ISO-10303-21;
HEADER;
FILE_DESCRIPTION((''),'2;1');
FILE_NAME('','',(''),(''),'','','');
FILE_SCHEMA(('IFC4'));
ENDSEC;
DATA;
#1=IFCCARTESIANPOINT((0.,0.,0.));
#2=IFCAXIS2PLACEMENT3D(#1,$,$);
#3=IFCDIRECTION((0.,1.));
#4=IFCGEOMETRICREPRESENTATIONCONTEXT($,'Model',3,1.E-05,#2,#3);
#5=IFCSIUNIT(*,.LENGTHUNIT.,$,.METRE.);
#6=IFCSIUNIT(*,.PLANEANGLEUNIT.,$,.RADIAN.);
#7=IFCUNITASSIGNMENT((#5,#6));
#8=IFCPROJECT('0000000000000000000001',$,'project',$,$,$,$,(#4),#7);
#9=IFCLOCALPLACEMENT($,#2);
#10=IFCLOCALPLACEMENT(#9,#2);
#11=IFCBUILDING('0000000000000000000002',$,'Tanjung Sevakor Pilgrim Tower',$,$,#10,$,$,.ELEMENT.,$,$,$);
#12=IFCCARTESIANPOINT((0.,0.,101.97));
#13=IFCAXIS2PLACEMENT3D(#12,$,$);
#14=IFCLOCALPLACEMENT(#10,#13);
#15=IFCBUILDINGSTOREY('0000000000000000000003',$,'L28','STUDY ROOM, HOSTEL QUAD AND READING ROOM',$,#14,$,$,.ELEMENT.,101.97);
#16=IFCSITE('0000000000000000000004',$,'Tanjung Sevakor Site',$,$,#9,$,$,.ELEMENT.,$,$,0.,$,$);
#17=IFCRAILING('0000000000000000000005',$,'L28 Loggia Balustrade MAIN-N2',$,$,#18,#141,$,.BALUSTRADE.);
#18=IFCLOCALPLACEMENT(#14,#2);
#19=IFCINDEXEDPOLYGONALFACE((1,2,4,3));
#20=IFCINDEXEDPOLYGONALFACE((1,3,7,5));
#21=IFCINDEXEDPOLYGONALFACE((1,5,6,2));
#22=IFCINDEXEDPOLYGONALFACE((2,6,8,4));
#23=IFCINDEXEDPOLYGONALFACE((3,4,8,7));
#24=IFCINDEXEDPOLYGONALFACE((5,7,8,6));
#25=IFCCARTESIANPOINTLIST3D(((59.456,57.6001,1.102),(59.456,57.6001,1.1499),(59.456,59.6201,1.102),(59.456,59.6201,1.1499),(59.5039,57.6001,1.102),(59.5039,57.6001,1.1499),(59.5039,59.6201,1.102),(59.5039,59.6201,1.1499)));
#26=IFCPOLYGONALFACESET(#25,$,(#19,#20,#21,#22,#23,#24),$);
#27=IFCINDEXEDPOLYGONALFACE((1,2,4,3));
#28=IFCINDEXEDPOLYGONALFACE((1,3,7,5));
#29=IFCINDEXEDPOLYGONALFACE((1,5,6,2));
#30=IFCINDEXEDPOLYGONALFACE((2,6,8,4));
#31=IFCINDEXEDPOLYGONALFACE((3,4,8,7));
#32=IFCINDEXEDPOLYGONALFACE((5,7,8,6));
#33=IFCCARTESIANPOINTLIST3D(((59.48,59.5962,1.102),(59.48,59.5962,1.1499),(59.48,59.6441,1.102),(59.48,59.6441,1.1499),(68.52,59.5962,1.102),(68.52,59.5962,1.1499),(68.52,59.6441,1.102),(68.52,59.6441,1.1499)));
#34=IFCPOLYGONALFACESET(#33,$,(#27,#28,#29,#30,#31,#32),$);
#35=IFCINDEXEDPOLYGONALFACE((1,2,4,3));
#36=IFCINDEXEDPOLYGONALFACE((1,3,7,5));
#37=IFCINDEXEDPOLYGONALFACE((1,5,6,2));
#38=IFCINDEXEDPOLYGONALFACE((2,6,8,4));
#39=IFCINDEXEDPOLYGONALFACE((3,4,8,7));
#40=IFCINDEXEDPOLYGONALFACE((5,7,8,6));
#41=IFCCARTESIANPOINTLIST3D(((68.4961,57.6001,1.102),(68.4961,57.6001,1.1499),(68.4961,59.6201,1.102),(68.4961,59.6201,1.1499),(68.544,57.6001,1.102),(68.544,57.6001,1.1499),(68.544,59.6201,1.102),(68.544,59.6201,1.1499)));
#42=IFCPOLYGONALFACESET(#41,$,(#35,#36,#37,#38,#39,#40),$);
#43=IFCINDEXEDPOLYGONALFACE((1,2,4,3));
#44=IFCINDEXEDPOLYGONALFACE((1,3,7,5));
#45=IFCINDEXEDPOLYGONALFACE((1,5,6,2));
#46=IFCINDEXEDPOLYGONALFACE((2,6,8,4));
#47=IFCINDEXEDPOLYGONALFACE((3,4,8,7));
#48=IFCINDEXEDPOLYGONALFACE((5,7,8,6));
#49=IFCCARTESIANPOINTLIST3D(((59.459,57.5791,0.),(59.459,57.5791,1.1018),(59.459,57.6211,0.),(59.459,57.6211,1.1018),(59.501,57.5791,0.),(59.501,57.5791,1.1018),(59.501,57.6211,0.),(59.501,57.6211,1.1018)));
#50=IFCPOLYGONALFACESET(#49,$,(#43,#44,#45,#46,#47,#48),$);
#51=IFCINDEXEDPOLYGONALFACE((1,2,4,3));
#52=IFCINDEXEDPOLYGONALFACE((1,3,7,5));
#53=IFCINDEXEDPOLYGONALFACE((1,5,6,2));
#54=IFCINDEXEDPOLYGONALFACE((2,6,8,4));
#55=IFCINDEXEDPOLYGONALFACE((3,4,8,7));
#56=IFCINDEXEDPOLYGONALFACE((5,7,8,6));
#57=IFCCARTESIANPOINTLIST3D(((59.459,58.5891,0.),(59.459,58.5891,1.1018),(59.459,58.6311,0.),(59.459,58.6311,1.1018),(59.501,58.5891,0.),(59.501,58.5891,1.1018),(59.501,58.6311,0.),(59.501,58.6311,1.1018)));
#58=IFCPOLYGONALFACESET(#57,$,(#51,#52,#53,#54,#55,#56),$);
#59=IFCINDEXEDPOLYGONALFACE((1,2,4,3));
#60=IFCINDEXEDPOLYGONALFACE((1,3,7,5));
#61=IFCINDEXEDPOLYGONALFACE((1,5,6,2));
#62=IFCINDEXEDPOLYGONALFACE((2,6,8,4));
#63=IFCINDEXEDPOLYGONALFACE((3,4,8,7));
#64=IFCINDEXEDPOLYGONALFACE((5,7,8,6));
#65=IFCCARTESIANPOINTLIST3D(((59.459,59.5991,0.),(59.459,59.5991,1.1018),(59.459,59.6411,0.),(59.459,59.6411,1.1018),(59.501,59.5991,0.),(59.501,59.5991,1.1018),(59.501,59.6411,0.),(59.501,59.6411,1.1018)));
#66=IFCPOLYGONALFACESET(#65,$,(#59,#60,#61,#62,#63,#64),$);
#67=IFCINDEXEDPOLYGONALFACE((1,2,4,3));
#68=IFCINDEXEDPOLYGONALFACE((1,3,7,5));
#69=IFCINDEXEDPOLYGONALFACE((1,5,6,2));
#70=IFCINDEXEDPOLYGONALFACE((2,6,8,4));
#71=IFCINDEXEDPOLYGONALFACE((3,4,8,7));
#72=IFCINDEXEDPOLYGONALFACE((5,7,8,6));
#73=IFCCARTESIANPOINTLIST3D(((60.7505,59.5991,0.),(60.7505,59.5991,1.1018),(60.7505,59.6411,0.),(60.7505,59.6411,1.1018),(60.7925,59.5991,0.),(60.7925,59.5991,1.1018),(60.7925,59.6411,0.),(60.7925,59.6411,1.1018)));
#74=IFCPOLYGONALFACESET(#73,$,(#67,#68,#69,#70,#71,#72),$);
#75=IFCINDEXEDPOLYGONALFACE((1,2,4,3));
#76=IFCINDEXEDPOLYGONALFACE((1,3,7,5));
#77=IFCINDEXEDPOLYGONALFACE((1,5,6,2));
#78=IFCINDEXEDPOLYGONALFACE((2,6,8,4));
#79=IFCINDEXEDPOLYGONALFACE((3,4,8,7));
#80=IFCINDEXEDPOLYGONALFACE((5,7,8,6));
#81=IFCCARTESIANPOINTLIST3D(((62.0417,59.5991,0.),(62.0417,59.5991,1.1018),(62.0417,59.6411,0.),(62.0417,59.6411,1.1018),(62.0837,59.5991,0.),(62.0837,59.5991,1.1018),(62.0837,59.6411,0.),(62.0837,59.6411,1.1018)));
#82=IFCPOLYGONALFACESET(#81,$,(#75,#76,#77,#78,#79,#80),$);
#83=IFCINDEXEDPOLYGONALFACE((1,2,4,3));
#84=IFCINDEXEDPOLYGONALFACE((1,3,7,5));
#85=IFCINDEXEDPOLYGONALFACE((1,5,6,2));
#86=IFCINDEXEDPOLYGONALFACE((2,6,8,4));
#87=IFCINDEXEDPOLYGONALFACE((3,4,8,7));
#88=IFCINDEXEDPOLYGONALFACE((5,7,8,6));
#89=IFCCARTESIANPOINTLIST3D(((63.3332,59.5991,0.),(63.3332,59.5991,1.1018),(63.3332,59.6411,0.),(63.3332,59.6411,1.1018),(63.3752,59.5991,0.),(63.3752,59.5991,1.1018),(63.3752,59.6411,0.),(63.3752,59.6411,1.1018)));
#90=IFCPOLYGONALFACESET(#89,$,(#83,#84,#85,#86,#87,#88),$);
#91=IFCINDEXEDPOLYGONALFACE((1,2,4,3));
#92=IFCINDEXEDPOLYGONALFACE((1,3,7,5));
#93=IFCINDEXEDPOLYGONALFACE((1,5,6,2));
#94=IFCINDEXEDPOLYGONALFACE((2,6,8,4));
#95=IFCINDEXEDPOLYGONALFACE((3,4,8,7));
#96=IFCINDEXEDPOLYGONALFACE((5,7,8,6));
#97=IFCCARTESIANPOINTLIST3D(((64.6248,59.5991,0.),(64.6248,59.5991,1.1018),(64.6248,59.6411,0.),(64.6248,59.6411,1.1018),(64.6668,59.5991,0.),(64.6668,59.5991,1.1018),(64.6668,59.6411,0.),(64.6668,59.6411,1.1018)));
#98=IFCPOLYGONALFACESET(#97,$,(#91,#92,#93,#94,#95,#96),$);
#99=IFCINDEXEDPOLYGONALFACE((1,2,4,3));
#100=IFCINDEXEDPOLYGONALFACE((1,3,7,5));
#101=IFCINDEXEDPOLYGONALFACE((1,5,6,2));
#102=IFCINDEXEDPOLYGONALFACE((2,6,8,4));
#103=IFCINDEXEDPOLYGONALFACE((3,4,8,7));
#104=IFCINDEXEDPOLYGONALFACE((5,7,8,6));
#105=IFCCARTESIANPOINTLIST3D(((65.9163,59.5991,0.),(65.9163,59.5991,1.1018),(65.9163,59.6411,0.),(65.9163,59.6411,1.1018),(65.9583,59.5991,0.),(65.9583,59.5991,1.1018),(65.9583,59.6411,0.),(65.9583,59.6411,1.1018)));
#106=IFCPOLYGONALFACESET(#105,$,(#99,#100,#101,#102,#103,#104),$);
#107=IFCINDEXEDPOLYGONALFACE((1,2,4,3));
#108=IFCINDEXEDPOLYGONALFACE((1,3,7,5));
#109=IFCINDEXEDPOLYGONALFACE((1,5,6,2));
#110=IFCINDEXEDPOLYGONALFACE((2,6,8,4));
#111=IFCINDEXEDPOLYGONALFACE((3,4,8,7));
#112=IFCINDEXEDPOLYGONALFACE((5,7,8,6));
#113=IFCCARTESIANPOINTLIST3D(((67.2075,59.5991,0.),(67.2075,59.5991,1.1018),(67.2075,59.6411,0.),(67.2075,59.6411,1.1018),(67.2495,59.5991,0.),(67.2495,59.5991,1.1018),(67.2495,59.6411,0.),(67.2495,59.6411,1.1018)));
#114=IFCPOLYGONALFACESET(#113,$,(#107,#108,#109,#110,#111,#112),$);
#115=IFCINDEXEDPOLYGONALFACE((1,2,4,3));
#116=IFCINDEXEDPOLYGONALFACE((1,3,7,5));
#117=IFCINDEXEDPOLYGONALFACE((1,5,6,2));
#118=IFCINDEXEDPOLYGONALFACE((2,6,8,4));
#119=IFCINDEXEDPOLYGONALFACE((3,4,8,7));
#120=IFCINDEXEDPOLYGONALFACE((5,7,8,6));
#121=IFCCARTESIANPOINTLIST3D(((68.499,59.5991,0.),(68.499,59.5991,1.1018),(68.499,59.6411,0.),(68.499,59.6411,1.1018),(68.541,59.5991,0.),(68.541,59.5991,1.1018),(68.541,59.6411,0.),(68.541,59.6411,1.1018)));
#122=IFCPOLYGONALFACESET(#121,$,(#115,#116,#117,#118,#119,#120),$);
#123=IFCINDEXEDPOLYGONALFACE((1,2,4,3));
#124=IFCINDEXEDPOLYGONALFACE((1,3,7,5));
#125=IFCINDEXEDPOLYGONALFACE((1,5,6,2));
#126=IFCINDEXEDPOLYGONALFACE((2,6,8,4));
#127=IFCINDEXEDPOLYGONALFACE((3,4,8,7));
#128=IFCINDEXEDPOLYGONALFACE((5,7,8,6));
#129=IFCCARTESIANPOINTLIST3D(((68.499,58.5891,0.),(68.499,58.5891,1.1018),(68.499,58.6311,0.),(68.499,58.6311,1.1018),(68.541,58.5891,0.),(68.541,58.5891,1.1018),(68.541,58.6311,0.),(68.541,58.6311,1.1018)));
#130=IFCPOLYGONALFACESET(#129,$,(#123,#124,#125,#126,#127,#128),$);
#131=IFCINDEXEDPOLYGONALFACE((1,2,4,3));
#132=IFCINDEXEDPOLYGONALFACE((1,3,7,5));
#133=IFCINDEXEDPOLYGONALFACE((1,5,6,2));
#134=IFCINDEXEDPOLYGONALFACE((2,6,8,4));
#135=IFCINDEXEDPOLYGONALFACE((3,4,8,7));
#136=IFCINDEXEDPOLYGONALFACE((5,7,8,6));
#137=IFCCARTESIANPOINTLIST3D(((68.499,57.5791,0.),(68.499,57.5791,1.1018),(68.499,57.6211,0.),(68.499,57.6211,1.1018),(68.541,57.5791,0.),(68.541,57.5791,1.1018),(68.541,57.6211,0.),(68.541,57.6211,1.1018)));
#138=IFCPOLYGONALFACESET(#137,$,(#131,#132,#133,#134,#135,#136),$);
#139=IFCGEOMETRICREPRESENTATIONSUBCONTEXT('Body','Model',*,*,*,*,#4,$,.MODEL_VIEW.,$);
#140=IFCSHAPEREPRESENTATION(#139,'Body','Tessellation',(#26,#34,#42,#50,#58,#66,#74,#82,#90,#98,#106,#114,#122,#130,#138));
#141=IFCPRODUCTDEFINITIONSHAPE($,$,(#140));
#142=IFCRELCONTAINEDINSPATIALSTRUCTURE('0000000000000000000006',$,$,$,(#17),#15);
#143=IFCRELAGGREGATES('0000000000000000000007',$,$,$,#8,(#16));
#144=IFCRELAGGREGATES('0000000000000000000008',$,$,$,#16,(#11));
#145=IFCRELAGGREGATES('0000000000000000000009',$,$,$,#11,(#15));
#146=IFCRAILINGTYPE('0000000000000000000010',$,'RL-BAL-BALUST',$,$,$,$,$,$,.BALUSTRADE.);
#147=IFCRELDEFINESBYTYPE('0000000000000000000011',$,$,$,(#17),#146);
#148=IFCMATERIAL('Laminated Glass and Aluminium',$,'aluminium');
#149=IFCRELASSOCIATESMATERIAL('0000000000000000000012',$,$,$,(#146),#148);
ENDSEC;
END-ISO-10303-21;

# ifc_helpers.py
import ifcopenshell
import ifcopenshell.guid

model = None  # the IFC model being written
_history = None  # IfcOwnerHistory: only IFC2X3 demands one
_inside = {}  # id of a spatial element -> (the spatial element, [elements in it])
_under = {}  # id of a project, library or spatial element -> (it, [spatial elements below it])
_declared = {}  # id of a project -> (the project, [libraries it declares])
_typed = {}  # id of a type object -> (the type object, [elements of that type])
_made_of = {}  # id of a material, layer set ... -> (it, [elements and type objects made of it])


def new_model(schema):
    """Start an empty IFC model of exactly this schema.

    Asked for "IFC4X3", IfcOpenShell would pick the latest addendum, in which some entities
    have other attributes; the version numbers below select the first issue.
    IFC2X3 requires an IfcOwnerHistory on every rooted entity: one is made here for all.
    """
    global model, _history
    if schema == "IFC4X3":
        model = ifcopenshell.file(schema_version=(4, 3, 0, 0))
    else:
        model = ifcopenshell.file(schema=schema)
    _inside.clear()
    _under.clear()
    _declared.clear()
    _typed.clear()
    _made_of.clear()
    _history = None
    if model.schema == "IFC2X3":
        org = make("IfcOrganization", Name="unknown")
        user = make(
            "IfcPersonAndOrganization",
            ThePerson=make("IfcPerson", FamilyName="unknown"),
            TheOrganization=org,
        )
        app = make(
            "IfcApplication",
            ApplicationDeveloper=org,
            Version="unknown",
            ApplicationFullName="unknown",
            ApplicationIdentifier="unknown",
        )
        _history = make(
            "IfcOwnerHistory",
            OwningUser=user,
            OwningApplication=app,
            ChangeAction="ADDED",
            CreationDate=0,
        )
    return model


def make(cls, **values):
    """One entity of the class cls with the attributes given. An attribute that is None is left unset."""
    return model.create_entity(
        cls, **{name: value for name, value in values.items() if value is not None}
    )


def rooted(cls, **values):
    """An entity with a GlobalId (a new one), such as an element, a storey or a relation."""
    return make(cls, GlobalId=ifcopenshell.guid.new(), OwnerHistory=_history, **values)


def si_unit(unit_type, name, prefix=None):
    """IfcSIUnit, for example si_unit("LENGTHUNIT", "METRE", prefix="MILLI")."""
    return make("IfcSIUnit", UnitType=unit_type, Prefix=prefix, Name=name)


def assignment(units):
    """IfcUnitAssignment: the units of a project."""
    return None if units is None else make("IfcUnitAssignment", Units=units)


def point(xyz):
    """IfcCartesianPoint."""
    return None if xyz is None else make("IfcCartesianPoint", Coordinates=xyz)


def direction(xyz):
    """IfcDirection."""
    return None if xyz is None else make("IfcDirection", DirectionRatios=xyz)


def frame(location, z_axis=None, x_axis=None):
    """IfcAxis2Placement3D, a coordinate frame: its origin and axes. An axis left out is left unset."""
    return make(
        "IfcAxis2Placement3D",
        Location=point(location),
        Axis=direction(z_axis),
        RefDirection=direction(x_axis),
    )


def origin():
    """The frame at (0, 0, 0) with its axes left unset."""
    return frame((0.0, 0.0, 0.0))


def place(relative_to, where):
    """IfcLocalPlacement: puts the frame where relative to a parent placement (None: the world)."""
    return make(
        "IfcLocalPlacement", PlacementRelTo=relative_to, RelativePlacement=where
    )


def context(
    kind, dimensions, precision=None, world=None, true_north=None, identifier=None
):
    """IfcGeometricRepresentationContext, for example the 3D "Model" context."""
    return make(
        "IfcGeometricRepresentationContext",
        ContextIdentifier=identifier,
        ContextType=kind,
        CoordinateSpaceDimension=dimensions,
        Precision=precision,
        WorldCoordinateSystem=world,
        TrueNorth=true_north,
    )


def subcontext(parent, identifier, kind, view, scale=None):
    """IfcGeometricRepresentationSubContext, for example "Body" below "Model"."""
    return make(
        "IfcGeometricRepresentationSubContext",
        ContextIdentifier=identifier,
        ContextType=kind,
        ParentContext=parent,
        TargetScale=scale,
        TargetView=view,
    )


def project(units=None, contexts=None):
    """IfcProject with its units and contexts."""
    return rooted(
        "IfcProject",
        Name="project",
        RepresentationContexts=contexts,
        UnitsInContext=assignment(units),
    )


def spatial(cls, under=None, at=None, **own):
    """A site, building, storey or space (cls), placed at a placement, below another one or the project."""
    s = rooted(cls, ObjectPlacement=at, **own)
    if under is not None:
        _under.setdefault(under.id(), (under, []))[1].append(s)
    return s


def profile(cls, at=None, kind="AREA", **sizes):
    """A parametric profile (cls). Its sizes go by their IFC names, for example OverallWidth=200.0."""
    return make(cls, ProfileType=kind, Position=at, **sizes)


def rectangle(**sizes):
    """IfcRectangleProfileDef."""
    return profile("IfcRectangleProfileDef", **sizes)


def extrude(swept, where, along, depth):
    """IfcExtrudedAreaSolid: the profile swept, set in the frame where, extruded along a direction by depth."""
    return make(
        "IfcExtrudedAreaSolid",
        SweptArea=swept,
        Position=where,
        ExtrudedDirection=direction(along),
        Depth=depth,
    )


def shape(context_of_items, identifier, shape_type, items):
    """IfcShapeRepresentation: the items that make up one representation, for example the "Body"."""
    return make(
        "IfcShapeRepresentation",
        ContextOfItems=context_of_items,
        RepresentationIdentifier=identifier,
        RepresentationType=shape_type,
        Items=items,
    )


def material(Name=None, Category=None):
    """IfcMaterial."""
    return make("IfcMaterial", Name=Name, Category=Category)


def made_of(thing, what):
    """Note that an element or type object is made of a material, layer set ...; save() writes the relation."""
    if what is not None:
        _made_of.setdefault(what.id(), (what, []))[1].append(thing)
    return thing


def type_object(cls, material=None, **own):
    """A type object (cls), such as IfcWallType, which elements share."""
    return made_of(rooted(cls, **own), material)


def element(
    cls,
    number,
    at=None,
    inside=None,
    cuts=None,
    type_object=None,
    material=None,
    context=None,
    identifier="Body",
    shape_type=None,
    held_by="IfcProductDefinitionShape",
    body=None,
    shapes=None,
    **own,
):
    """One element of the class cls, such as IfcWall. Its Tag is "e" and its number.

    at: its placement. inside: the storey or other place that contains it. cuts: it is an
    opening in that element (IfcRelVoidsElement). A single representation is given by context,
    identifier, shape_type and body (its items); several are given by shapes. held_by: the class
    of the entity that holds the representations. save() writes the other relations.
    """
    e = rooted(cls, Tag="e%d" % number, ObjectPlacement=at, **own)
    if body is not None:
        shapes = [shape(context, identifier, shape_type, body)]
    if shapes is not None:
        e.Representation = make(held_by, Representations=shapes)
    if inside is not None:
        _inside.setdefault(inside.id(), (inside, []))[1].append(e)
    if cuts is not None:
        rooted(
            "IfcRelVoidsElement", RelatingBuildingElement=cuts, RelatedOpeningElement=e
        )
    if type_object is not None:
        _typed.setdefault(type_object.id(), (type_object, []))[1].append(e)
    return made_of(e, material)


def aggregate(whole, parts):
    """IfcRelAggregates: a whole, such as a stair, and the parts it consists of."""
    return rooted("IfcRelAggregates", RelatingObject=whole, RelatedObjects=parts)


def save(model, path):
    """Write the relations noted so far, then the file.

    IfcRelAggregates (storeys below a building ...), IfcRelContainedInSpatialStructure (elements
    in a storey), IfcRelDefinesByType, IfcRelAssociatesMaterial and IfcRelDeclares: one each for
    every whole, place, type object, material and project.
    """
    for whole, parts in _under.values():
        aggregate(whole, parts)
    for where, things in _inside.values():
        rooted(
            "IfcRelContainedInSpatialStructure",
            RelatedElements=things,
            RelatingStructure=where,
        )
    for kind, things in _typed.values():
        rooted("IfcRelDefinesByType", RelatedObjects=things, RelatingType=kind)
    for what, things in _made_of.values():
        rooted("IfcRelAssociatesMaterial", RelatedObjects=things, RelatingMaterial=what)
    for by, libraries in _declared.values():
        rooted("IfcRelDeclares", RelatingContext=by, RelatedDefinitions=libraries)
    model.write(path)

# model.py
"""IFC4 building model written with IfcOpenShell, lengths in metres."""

from ifc_helpers import new_model, si_unit, direction, frame, origin, place, context, subcontext, project, spatial, rectangle, extrude, material, type_object, element, save


model = new_model("IFC4")

# Units and contexts
model_context = context("Model", 3, precision=1e-05, world=origin(), true_north=direction((0.0, 1.0)))
body_context = subcontext(model_context, "Body", "Model", "MODEL_VIEW")
ifc_project = project(units=[si_unit("LENGTHUNIT", "METRE"), si_unit("PLANEANGLEUNIT", "RADIAN")], contexts=[model_context])

# Site, building, storey
site_placement = place(None, origin())
site = spatial("IfcSite", under=ifc_project, at=site_placement, Name="Tanjung Sevakor Site", CompositionType="ELEMENT", RefElevation=0.0)
building_placement = place(site_placement, origin())
building = spatial("IfcBuilding", under=site, at=building_placement, Name="Tanjung Sevakor Pilgrim Tower", CompositionType="ELEMENT")
storey_placement = place(building_placement, frame((0.0, 0.0, 101.97)))
storey = spatial("IfcBuildingStorey", under=building, at=storey_placement, Name="L28", Description="STUDY ROOM, HOSTEL QUAD AND READING ROOM", CompositionType="ELEMENT", Elevation=101.97)

# Railing
ifc_material_1 = material(Name="Laminated Glass and Aluminium", Category="aluminium")
railing_type = type_object("IfcRailingType", Name="RL-BAL-BALUST", PredefinedType="BALUSTRADE", material=ifc_material_1)
railing_1_placement = place(storey_placement, frame((59.48, 57.6001, 0.0)))
element("IfcRailing", 1, at=railing_1_placement, inside=storey, type_object=railing_type, Name="L28 Loggia Balustrade MAIN-N2", PredefinedType="BALUSTRADE", context=body_context, shape_type="SweptSolid", body=[
    extrude(rectangle(XDim=0.0479, YDim=0.0479), frame((0.0, 0.0, 1.126), z_axis=(0.0, 1.0, 0.0), x_axis=(-1.0, 0.0, 0.0)), (0.0, 0.0, 1.0), 2.02),
    extrude(rectangle(XDim=0.0479, YDim=0.0479), frame((0.0, 2.02, 1.126), z_axis=(1.0, 0.0, 0.0), x_axis=(0.0, 1.0, 0.0)), (0.0, 0.0, 1.0), 9.04),
    extrude(rectangle(XDim=0.0479, YDim=0.0479), frame((9.04, 2.02, 1.126), z_axis=(0.0, -1.0, 0.0), x_axis=(1.0, 0.0, 0.0)), (0.0, 0.0, 1.0), 2.02),
    extrude(rectangle(XDim=0.042, YDim=0.042), origin(), (0.0, 0.0, 1.0), 1.1018),
    extrude(rectangle(XDim=0.042, YDim=0.042), frame((0.0, 1.01, 0.0)), (0.0, 0.0, 1.0), 1.1018),
    extrude(rectangle(XDim=0.042, YDim=0.042), frame((0.0, 2.02, 0.0)), (0.0, 0.0, 1.0), 1.1018),
    extrude(rectangle(XDim=0.042, YDim=0.042), frame((1.2915, 2.02, 0.0)), (0.0, 0.0, 1.0), 1.1018),
    extrude(rectangle(XDim=0.042, YDim=0.042), frame((2.5828, 2.02, 0.0)), (0.0, 0.0, 1.0), 1.1018),
    extrude(rectangle(XDim=0.042, YDim=0.042), frame((3.8743, 2.02, 0.0)), (0.0, 0.0, 1.0), 1.1018),
    extrude(rectangle(XDim=0.042, YDim=0.042), frame((5.1658, 2.02, 0.0)), (0.0, 0.0, 1.0), 1.1018),
    extrude(rectangle(XDim=0.042, YDim=0.042), frame((6.4573, 2.02, 0.0)), (0.0, 0.0, 1.0), 1.1018),
    extrude(rectangle(XDim=0.042, YDim=0.042), frame((7.7485, 2.02, 0.0)), (0.0, 0.0, 1.0), 1.1018),
    extrude(rectangle(XDim=0.042, YDim=0.042), frame((9.04, 2.02, 0.0)), (0.0, 0.0, 1.0), 1.1018),
    extrude(rectangle(XDim=0.042, YDim=0.042), frame((9.04, 1.01, 0.0)), (0.0, 0.0, 1.0), 1.1018),
    extrude(rectangle(XDim=0.042, YDim=0.042), frame((9.04, 0.0, 0.0)), (0.0, 0.0, 1.0), 1.1018),
])

save(model, "model.ifc")
